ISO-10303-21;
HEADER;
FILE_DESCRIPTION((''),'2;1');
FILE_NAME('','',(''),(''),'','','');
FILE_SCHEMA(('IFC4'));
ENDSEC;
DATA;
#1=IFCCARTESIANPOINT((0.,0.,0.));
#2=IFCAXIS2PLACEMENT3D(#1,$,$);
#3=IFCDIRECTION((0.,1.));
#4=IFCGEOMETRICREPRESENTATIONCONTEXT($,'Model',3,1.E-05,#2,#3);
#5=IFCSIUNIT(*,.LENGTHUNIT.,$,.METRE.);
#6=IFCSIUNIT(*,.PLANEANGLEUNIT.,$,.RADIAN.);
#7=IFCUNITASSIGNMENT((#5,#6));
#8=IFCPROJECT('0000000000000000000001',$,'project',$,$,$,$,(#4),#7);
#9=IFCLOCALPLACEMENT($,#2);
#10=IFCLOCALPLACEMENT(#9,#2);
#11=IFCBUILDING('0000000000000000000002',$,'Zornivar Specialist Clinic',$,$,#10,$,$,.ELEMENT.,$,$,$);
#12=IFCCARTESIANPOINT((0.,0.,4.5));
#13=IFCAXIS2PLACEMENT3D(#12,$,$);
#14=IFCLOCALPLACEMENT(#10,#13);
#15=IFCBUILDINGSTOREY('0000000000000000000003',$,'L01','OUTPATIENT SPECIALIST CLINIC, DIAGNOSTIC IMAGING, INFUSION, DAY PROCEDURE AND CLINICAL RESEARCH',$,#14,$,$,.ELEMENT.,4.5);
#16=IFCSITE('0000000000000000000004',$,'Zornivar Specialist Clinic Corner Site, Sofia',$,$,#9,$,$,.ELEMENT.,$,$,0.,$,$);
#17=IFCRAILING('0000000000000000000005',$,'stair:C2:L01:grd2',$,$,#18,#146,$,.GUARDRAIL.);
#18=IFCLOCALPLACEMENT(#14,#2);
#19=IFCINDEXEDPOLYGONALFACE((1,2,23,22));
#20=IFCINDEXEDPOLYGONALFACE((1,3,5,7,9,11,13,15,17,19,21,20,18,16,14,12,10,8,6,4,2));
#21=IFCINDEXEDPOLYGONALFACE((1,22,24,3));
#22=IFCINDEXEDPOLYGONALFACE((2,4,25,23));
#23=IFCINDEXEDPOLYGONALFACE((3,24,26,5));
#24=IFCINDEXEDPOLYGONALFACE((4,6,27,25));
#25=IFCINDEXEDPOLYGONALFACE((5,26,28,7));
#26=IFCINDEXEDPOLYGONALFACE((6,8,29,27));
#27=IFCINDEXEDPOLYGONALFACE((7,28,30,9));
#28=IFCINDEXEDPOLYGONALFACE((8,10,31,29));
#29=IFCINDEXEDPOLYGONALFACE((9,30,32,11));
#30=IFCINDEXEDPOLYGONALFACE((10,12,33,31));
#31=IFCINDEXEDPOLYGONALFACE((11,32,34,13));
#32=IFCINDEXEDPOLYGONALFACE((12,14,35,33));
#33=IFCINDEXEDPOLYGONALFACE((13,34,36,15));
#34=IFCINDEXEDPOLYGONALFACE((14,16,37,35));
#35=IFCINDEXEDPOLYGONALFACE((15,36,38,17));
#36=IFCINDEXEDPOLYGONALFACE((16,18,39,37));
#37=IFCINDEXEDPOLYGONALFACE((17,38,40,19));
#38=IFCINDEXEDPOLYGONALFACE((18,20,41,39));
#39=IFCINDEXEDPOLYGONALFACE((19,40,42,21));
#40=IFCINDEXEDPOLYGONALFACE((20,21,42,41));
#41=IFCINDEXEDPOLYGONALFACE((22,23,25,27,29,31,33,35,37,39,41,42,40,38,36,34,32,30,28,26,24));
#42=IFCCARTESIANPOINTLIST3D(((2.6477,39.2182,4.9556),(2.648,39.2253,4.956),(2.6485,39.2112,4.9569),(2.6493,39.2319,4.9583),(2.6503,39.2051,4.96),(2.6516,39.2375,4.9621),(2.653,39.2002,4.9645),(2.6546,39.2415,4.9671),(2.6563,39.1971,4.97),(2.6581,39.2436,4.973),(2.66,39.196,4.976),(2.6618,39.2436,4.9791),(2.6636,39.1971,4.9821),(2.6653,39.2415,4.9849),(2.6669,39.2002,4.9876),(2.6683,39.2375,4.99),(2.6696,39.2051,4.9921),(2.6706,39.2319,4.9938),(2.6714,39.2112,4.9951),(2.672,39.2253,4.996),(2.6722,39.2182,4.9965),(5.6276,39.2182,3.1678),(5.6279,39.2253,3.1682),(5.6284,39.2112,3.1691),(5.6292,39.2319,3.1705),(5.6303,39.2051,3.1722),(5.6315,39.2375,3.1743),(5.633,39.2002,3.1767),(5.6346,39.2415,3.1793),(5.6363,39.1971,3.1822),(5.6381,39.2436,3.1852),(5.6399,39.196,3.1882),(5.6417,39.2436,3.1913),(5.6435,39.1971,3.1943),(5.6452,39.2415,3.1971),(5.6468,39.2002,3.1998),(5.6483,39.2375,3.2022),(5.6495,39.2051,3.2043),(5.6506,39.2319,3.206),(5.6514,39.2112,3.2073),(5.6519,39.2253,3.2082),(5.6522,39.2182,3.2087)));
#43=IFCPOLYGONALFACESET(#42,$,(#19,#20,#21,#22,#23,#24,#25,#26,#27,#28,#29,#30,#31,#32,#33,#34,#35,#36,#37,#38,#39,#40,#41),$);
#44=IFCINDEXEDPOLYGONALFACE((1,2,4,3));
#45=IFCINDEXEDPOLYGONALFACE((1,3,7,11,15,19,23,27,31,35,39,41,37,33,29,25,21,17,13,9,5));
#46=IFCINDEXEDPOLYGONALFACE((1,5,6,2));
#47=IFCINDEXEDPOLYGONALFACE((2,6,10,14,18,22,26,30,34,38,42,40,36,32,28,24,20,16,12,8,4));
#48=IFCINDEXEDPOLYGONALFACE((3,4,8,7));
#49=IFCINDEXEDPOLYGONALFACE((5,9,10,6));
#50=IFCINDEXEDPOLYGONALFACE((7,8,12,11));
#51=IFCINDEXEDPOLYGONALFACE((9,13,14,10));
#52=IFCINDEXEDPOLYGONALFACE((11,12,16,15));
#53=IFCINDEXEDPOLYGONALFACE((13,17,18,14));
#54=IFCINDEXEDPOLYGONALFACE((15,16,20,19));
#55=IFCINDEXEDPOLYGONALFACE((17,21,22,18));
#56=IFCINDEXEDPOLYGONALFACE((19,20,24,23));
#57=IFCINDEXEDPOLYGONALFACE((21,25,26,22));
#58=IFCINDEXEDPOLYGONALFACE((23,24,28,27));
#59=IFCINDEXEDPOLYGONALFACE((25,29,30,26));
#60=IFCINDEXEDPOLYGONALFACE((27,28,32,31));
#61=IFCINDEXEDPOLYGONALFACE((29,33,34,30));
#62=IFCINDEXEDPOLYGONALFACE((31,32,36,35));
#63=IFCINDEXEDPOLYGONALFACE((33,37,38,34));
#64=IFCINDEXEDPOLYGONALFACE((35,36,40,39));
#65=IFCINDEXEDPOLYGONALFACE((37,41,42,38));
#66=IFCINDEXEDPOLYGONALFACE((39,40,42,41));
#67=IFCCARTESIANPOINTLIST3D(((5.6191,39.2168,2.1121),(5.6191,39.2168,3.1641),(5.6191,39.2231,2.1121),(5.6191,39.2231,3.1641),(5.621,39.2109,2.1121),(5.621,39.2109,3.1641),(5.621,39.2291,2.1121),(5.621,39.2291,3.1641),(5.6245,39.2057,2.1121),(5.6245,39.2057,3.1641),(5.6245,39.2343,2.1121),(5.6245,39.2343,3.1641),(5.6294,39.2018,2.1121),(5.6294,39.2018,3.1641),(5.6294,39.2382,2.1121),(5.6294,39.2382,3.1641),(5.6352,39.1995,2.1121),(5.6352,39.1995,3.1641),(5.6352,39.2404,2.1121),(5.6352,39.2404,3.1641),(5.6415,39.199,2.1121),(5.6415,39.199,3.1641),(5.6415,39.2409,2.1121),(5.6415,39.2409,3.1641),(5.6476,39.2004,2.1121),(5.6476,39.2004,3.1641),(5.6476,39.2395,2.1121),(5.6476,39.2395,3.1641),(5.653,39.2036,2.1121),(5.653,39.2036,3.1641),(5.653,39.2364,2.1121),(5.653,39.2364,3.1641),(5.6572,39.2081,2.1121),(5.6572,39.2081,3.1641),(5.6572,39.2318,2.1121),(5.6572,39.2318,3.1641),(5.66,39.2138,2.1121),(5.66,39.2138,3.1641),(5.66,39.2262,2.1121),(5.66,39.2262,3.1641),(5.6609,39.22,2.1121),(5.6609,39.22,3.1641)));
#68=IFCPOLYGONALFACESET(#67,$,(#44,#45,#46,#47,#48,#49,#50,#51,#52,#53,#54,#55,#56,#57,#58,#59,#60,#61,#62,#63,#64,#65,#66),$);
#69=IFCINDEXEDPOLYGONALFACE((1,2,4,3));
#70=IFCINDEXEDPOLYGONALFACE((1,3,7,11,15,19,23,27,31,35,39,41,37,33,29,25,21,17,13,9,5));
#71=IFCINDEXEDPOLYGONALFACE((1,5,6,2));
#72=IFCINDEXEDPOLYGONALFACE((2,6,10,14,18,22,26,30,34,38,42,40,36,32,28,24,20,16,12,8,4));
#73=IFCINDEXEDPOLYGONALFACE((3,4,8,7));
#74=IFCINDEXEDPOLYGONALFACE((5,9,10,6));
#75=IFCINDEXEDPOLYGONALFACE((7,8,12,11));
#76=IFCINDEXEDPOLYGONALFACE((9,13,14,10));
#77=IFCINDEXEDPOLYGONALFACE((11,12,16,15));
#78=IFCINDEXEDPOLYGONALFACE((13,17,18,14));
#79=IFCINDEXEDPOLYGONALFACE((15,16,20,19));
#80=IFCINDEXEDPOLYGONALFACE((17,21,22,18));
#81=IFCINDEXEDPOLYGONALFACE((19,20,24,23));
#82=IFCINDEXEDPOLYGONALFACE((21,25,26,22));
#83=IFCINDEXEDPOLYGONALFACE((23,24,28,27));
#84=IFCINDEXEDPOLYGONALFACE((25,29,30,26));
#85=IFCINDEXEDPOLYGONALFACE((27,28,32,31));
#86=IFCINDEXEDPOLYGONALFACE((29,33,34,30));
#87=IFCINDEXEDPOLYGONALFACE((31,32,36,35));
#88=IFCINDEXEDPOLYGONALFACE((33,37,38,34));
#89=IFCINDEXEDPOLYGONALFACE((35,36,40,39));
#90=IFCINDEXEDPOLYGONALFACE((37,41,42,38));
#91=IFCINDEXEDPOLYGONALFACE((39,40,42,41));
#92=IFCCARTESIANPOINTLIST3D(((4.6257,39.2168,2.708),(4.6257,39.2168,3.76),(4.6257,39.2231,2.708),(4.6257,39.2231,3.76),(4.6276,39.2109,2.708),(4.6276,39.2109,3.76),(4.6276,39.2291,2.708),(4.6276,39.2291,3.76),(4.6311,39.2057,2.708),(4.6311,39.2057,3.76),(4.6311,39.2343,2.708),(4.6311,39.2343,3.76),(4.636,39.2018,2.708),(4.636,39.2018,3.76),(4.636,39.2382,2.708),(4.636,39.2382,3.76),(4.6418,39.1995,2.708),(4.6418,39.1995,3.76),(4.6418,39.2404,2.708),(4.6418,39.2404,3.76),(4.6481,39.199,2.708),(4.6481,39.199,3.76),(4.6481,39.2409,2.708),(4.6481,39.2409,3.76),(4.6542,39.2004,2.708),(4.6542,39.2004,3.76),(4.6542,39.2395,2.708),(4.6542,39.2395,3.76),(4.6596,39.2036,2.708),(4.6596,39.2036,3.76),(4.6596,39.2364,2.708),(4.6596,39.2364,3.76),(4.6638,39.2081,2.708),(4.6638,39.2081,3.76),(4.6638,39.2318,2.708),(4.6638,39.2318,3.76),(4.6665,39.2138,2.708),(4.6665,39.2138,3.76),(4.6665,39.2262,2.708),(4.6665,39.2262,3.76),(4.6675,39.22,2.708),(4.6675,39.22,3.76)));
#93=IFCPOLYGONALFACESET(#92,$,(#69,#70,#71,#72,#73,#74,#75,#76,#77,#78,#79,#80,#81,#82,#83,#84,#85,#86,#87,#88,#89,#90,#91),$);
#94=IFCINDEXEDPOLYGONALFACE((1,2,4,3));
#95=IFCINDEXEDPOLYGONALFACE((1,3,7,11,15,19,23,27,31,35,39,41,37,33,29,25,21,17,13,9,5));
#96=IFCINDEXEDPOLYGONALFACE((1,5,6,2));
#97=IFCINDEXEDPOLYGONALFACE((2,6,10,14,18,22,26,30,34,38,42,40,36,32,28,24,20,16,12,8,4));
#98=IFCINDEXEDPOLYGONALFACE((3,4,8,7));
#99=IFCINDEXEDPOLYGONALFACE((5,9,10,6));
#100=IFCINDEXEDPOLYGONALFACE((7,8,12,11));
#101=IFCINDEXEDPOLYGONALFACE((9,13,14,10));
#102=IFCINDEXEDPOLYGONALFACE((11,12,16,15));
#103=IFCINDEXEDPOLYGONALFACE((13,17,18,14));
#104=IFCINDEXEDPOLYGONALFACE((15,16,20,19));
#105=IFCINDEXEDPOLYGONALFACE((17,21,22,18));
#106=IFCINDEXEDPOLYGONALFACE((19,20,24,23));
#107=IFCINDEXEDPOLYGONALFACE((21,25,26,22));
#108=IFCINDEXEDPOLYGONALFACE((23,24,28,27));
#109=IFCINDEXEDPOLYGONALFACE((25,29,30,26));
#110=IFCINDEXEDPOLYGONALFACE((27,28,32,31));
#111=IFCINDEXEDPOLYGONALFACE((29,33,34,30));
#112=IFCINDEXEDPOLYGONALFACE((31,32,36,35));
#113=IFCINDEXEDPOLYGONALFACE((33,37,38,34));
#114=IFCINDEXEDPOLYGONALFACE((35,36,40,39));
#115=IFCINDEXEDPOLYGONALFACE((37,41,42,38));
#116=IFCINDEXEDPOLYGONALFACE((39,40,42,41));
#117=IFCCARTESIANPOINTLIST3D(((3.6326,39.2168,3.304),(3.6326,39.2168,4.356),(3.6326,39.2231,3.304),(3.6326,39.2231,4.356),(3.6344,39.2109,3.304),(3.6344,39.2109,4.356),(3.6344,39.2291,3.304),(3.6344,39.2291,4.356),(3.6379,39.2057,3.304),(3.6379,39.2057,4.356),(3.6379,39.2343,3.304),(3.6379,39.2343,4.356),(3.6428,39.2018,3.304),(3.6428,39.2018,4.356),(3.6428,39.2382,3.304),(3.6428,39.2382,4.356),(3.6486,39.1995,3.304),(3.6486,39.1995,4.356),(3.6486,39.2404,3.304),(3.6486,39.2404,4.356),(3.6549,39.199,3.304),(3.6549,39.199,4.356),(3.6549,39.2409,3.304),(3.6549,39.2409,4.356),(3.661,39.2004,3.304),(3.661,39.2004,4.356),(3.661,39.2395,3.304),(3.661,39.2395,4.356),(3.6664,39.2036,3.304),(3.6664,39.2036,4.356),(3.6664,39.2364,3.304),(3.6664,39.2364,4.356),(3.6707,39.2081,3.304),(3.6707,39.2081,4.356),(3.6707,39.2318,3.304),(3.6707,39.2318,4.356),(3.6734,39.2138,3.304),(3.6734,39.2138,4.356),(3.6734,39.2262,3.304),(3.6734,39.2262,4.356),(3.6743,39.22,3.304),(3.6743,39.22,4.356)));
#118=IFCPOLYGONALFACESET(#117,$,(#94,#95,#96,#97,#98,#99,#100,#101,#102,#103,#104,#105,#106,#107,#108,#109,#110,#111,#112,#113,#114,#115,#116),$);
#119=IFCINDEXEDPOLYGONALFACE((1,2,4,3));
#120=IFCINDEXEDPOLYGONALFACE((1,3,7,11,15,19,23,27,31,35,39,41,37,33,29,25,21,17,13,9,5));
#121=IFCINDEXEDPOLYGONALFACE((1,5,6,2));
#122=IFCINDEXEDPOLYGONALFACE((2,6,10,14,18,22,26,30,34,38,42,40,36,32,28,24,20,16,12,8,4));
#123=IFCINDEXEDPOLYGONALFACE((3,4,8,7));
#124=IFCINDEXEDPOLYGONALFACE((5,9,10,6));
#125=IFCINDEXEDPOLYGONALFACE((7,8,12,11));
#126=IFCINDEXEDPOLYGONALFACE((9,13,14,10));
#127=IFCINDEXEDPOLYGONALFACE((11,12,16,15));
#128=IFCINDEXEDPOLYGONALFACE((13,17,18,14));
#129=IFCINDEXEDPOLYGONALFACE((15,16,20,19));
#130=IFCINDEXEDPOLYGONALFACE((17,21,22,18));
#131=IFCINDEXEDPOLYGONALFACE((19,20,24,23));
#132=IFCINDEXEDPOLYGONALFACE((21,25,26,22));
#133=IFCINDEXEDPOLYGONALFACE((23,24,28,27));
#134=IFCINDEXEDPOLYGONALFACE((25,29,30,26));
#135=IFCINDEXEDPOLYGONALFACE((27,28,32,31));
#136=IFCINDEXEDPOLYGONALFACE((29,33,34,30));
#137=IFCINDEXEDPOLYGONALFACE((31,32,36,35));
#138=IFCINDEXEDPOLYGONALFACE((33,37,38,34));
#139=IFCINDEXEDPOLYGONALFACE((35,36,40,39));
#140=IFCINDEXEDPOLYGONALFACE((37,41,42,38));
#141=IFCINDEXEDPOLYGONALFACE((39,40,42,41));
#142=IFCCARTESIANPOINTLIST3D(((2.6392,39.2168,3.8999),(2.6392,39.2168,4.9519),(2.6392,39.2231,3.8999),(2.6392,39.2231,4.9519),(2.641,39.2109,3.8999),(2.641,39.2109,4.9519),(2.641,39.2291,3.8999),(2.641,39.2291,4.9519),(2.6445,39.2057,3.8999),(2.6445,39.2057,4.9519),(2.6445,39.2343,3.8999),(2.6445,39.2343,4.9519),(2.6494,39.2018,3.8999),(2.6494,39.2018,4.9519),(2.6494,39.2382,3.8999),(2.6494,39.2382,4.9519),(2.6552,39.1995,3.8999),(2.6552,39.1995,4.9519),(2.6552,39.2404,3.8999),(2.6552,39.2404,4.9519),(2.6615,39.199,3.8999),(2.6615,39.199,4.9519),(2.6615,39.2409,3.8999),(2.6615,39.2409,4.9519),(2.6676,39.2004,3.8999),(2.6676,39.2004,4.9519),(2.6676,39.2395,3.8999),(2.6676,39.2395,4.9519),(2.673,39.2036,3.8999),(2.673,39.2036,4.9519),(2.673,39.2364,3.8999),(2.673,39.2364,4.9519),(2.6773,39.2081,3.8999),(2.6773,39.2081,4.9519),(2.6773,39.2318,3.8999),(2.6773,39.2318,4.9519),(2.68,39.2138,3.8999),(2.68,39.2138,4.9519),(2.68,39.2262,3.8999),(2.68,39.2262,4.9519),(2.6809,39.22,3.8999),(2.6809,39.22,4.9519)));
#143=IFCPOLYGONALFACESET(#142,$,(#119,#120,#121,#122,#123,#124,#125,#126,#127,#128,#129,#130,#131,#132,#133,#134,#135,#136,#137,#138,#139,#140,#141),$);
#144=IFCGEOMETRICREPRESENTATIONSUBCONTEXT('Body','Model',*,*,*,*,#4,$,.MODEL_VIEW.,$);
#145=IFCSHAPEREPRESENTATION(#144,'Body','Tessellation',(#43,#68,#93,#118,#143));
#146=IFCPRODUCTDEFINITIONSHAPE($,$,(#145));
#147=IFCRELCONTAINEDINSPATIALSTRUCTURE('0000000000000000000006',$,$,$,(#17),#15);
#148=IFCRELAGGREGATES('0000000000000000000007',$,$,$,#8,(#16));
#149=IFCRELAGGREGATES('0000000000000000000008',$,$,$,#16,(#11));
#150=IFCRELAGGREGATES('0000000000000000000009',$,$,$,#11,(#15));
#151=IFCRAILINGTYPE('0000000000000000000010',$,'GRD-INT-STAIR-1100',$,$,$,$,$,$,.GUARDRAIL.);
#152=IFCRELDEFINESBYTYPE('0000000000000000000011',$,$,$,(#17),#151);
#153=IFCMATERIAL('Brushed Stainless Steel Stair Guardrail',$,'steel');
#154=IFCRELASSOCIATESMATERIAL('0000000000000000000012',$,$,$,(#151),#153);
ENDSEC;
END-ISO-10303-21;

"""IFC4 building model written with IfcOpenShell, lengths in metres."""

from ifc_helpers import new_model, si_unit, direction, frame, origin, origin_2d, place, context, subcontext, project, spatial, circle, extrude, material, type_object, element, save


model = new_model("IFC4")

# Units and contexts
model_context = context("Model", 3, precision=1e-05, world=origin(), true_north=direction((0.0, 1.0)))
body_context = subcontext(model_context, "Body", "Model", "MODEL_VIEW")
ifc_project = project(units=[si_unit("LENGTHUNIT", "METRE"), si_unit("PLANEANGLEUNIT", "RADIAN")], contexts=[model_context])

# Site, building, storey
site_placement = place(None, origin())
site = spatial("IfcSite", under=ifc_project, at=site_placement, Name="Zornivar Specialist Clinic Corner Site, Sofia", CompositionType="ELEMENT", RefElevation=0.0)
building_placement = place(site_placement, origin())
building = spatial("IfcBuilding", under=site, at=building_placement, Name="Zornivar Specialist Clinic", CompositionType="ELEMENT")
storey_placement = place(building_placement, frame((0.0, 0.0, 4.5)))
storey = spatial("IfcBuildingStorey", under=building, at=storey_placement, Name="L01", Description="OUTPATIENT SPECIALIST CLINIC, DIAGNOSTIC IMAGING, INFUSION, DAY PROCEDURE AND CLINICAL RESEARCH", CompositionType="ELEMENT", Elevation=4.5)

# Railing
ifc_material_1 = material(Name="Brushed Stainless Steel Stair Guardrail", Category="steel")
railing_type_1 = type_object("IfcRailingType", Name="GRD-INT-STAIR-1100", PredefinedType="GUARDRAIL", material=ifc_material_1)
railing_1_placement = place(storey_placement, frame((5.6399, 39.22, 2.1121)))
element("IfcRailing", 1, at=railing_1_placement, inside=storey, type_object=railing_type_1, Name="stair:C2:L01:grd2", PredefinedType="GUARDRAIL", context=body_context, shape_type="SweptSolid", body=[
    extrude(circle(Radius=0.0239, at=origin_2d()), frame((0.0, 0.0, 1.0762), z_axis=(-0.857512, 0.0, 0.514465), x_axis=(0.0, -1.0, 0.0)), (0.0, 0.0, 1.0), 3.4751),
    extrude(circle(Radius=0.021, at=origin_2d()), origin(), (0.0, 0.0, 1.0), 1.052),
    extrude(circle(Radius=0.021, at=origin_2d()), frame((-0.9934, 0.0, 0.5959)), (0.0, 0.0, 1.0), 1.052),
    extrude(circle(Radius=0.021, at=origin_2d()), frame((-1.9866, 0.0, 1.1919)), (0.0, 0.0, 1.0), 1.052),
    extrude(circle(Radius=0.021, at=origin_2d()), frame((-2.98, 0.0, 1.7878)), (0.0, 0.0, 1.0), 1.052),
])

save(model, "model.ifc")
